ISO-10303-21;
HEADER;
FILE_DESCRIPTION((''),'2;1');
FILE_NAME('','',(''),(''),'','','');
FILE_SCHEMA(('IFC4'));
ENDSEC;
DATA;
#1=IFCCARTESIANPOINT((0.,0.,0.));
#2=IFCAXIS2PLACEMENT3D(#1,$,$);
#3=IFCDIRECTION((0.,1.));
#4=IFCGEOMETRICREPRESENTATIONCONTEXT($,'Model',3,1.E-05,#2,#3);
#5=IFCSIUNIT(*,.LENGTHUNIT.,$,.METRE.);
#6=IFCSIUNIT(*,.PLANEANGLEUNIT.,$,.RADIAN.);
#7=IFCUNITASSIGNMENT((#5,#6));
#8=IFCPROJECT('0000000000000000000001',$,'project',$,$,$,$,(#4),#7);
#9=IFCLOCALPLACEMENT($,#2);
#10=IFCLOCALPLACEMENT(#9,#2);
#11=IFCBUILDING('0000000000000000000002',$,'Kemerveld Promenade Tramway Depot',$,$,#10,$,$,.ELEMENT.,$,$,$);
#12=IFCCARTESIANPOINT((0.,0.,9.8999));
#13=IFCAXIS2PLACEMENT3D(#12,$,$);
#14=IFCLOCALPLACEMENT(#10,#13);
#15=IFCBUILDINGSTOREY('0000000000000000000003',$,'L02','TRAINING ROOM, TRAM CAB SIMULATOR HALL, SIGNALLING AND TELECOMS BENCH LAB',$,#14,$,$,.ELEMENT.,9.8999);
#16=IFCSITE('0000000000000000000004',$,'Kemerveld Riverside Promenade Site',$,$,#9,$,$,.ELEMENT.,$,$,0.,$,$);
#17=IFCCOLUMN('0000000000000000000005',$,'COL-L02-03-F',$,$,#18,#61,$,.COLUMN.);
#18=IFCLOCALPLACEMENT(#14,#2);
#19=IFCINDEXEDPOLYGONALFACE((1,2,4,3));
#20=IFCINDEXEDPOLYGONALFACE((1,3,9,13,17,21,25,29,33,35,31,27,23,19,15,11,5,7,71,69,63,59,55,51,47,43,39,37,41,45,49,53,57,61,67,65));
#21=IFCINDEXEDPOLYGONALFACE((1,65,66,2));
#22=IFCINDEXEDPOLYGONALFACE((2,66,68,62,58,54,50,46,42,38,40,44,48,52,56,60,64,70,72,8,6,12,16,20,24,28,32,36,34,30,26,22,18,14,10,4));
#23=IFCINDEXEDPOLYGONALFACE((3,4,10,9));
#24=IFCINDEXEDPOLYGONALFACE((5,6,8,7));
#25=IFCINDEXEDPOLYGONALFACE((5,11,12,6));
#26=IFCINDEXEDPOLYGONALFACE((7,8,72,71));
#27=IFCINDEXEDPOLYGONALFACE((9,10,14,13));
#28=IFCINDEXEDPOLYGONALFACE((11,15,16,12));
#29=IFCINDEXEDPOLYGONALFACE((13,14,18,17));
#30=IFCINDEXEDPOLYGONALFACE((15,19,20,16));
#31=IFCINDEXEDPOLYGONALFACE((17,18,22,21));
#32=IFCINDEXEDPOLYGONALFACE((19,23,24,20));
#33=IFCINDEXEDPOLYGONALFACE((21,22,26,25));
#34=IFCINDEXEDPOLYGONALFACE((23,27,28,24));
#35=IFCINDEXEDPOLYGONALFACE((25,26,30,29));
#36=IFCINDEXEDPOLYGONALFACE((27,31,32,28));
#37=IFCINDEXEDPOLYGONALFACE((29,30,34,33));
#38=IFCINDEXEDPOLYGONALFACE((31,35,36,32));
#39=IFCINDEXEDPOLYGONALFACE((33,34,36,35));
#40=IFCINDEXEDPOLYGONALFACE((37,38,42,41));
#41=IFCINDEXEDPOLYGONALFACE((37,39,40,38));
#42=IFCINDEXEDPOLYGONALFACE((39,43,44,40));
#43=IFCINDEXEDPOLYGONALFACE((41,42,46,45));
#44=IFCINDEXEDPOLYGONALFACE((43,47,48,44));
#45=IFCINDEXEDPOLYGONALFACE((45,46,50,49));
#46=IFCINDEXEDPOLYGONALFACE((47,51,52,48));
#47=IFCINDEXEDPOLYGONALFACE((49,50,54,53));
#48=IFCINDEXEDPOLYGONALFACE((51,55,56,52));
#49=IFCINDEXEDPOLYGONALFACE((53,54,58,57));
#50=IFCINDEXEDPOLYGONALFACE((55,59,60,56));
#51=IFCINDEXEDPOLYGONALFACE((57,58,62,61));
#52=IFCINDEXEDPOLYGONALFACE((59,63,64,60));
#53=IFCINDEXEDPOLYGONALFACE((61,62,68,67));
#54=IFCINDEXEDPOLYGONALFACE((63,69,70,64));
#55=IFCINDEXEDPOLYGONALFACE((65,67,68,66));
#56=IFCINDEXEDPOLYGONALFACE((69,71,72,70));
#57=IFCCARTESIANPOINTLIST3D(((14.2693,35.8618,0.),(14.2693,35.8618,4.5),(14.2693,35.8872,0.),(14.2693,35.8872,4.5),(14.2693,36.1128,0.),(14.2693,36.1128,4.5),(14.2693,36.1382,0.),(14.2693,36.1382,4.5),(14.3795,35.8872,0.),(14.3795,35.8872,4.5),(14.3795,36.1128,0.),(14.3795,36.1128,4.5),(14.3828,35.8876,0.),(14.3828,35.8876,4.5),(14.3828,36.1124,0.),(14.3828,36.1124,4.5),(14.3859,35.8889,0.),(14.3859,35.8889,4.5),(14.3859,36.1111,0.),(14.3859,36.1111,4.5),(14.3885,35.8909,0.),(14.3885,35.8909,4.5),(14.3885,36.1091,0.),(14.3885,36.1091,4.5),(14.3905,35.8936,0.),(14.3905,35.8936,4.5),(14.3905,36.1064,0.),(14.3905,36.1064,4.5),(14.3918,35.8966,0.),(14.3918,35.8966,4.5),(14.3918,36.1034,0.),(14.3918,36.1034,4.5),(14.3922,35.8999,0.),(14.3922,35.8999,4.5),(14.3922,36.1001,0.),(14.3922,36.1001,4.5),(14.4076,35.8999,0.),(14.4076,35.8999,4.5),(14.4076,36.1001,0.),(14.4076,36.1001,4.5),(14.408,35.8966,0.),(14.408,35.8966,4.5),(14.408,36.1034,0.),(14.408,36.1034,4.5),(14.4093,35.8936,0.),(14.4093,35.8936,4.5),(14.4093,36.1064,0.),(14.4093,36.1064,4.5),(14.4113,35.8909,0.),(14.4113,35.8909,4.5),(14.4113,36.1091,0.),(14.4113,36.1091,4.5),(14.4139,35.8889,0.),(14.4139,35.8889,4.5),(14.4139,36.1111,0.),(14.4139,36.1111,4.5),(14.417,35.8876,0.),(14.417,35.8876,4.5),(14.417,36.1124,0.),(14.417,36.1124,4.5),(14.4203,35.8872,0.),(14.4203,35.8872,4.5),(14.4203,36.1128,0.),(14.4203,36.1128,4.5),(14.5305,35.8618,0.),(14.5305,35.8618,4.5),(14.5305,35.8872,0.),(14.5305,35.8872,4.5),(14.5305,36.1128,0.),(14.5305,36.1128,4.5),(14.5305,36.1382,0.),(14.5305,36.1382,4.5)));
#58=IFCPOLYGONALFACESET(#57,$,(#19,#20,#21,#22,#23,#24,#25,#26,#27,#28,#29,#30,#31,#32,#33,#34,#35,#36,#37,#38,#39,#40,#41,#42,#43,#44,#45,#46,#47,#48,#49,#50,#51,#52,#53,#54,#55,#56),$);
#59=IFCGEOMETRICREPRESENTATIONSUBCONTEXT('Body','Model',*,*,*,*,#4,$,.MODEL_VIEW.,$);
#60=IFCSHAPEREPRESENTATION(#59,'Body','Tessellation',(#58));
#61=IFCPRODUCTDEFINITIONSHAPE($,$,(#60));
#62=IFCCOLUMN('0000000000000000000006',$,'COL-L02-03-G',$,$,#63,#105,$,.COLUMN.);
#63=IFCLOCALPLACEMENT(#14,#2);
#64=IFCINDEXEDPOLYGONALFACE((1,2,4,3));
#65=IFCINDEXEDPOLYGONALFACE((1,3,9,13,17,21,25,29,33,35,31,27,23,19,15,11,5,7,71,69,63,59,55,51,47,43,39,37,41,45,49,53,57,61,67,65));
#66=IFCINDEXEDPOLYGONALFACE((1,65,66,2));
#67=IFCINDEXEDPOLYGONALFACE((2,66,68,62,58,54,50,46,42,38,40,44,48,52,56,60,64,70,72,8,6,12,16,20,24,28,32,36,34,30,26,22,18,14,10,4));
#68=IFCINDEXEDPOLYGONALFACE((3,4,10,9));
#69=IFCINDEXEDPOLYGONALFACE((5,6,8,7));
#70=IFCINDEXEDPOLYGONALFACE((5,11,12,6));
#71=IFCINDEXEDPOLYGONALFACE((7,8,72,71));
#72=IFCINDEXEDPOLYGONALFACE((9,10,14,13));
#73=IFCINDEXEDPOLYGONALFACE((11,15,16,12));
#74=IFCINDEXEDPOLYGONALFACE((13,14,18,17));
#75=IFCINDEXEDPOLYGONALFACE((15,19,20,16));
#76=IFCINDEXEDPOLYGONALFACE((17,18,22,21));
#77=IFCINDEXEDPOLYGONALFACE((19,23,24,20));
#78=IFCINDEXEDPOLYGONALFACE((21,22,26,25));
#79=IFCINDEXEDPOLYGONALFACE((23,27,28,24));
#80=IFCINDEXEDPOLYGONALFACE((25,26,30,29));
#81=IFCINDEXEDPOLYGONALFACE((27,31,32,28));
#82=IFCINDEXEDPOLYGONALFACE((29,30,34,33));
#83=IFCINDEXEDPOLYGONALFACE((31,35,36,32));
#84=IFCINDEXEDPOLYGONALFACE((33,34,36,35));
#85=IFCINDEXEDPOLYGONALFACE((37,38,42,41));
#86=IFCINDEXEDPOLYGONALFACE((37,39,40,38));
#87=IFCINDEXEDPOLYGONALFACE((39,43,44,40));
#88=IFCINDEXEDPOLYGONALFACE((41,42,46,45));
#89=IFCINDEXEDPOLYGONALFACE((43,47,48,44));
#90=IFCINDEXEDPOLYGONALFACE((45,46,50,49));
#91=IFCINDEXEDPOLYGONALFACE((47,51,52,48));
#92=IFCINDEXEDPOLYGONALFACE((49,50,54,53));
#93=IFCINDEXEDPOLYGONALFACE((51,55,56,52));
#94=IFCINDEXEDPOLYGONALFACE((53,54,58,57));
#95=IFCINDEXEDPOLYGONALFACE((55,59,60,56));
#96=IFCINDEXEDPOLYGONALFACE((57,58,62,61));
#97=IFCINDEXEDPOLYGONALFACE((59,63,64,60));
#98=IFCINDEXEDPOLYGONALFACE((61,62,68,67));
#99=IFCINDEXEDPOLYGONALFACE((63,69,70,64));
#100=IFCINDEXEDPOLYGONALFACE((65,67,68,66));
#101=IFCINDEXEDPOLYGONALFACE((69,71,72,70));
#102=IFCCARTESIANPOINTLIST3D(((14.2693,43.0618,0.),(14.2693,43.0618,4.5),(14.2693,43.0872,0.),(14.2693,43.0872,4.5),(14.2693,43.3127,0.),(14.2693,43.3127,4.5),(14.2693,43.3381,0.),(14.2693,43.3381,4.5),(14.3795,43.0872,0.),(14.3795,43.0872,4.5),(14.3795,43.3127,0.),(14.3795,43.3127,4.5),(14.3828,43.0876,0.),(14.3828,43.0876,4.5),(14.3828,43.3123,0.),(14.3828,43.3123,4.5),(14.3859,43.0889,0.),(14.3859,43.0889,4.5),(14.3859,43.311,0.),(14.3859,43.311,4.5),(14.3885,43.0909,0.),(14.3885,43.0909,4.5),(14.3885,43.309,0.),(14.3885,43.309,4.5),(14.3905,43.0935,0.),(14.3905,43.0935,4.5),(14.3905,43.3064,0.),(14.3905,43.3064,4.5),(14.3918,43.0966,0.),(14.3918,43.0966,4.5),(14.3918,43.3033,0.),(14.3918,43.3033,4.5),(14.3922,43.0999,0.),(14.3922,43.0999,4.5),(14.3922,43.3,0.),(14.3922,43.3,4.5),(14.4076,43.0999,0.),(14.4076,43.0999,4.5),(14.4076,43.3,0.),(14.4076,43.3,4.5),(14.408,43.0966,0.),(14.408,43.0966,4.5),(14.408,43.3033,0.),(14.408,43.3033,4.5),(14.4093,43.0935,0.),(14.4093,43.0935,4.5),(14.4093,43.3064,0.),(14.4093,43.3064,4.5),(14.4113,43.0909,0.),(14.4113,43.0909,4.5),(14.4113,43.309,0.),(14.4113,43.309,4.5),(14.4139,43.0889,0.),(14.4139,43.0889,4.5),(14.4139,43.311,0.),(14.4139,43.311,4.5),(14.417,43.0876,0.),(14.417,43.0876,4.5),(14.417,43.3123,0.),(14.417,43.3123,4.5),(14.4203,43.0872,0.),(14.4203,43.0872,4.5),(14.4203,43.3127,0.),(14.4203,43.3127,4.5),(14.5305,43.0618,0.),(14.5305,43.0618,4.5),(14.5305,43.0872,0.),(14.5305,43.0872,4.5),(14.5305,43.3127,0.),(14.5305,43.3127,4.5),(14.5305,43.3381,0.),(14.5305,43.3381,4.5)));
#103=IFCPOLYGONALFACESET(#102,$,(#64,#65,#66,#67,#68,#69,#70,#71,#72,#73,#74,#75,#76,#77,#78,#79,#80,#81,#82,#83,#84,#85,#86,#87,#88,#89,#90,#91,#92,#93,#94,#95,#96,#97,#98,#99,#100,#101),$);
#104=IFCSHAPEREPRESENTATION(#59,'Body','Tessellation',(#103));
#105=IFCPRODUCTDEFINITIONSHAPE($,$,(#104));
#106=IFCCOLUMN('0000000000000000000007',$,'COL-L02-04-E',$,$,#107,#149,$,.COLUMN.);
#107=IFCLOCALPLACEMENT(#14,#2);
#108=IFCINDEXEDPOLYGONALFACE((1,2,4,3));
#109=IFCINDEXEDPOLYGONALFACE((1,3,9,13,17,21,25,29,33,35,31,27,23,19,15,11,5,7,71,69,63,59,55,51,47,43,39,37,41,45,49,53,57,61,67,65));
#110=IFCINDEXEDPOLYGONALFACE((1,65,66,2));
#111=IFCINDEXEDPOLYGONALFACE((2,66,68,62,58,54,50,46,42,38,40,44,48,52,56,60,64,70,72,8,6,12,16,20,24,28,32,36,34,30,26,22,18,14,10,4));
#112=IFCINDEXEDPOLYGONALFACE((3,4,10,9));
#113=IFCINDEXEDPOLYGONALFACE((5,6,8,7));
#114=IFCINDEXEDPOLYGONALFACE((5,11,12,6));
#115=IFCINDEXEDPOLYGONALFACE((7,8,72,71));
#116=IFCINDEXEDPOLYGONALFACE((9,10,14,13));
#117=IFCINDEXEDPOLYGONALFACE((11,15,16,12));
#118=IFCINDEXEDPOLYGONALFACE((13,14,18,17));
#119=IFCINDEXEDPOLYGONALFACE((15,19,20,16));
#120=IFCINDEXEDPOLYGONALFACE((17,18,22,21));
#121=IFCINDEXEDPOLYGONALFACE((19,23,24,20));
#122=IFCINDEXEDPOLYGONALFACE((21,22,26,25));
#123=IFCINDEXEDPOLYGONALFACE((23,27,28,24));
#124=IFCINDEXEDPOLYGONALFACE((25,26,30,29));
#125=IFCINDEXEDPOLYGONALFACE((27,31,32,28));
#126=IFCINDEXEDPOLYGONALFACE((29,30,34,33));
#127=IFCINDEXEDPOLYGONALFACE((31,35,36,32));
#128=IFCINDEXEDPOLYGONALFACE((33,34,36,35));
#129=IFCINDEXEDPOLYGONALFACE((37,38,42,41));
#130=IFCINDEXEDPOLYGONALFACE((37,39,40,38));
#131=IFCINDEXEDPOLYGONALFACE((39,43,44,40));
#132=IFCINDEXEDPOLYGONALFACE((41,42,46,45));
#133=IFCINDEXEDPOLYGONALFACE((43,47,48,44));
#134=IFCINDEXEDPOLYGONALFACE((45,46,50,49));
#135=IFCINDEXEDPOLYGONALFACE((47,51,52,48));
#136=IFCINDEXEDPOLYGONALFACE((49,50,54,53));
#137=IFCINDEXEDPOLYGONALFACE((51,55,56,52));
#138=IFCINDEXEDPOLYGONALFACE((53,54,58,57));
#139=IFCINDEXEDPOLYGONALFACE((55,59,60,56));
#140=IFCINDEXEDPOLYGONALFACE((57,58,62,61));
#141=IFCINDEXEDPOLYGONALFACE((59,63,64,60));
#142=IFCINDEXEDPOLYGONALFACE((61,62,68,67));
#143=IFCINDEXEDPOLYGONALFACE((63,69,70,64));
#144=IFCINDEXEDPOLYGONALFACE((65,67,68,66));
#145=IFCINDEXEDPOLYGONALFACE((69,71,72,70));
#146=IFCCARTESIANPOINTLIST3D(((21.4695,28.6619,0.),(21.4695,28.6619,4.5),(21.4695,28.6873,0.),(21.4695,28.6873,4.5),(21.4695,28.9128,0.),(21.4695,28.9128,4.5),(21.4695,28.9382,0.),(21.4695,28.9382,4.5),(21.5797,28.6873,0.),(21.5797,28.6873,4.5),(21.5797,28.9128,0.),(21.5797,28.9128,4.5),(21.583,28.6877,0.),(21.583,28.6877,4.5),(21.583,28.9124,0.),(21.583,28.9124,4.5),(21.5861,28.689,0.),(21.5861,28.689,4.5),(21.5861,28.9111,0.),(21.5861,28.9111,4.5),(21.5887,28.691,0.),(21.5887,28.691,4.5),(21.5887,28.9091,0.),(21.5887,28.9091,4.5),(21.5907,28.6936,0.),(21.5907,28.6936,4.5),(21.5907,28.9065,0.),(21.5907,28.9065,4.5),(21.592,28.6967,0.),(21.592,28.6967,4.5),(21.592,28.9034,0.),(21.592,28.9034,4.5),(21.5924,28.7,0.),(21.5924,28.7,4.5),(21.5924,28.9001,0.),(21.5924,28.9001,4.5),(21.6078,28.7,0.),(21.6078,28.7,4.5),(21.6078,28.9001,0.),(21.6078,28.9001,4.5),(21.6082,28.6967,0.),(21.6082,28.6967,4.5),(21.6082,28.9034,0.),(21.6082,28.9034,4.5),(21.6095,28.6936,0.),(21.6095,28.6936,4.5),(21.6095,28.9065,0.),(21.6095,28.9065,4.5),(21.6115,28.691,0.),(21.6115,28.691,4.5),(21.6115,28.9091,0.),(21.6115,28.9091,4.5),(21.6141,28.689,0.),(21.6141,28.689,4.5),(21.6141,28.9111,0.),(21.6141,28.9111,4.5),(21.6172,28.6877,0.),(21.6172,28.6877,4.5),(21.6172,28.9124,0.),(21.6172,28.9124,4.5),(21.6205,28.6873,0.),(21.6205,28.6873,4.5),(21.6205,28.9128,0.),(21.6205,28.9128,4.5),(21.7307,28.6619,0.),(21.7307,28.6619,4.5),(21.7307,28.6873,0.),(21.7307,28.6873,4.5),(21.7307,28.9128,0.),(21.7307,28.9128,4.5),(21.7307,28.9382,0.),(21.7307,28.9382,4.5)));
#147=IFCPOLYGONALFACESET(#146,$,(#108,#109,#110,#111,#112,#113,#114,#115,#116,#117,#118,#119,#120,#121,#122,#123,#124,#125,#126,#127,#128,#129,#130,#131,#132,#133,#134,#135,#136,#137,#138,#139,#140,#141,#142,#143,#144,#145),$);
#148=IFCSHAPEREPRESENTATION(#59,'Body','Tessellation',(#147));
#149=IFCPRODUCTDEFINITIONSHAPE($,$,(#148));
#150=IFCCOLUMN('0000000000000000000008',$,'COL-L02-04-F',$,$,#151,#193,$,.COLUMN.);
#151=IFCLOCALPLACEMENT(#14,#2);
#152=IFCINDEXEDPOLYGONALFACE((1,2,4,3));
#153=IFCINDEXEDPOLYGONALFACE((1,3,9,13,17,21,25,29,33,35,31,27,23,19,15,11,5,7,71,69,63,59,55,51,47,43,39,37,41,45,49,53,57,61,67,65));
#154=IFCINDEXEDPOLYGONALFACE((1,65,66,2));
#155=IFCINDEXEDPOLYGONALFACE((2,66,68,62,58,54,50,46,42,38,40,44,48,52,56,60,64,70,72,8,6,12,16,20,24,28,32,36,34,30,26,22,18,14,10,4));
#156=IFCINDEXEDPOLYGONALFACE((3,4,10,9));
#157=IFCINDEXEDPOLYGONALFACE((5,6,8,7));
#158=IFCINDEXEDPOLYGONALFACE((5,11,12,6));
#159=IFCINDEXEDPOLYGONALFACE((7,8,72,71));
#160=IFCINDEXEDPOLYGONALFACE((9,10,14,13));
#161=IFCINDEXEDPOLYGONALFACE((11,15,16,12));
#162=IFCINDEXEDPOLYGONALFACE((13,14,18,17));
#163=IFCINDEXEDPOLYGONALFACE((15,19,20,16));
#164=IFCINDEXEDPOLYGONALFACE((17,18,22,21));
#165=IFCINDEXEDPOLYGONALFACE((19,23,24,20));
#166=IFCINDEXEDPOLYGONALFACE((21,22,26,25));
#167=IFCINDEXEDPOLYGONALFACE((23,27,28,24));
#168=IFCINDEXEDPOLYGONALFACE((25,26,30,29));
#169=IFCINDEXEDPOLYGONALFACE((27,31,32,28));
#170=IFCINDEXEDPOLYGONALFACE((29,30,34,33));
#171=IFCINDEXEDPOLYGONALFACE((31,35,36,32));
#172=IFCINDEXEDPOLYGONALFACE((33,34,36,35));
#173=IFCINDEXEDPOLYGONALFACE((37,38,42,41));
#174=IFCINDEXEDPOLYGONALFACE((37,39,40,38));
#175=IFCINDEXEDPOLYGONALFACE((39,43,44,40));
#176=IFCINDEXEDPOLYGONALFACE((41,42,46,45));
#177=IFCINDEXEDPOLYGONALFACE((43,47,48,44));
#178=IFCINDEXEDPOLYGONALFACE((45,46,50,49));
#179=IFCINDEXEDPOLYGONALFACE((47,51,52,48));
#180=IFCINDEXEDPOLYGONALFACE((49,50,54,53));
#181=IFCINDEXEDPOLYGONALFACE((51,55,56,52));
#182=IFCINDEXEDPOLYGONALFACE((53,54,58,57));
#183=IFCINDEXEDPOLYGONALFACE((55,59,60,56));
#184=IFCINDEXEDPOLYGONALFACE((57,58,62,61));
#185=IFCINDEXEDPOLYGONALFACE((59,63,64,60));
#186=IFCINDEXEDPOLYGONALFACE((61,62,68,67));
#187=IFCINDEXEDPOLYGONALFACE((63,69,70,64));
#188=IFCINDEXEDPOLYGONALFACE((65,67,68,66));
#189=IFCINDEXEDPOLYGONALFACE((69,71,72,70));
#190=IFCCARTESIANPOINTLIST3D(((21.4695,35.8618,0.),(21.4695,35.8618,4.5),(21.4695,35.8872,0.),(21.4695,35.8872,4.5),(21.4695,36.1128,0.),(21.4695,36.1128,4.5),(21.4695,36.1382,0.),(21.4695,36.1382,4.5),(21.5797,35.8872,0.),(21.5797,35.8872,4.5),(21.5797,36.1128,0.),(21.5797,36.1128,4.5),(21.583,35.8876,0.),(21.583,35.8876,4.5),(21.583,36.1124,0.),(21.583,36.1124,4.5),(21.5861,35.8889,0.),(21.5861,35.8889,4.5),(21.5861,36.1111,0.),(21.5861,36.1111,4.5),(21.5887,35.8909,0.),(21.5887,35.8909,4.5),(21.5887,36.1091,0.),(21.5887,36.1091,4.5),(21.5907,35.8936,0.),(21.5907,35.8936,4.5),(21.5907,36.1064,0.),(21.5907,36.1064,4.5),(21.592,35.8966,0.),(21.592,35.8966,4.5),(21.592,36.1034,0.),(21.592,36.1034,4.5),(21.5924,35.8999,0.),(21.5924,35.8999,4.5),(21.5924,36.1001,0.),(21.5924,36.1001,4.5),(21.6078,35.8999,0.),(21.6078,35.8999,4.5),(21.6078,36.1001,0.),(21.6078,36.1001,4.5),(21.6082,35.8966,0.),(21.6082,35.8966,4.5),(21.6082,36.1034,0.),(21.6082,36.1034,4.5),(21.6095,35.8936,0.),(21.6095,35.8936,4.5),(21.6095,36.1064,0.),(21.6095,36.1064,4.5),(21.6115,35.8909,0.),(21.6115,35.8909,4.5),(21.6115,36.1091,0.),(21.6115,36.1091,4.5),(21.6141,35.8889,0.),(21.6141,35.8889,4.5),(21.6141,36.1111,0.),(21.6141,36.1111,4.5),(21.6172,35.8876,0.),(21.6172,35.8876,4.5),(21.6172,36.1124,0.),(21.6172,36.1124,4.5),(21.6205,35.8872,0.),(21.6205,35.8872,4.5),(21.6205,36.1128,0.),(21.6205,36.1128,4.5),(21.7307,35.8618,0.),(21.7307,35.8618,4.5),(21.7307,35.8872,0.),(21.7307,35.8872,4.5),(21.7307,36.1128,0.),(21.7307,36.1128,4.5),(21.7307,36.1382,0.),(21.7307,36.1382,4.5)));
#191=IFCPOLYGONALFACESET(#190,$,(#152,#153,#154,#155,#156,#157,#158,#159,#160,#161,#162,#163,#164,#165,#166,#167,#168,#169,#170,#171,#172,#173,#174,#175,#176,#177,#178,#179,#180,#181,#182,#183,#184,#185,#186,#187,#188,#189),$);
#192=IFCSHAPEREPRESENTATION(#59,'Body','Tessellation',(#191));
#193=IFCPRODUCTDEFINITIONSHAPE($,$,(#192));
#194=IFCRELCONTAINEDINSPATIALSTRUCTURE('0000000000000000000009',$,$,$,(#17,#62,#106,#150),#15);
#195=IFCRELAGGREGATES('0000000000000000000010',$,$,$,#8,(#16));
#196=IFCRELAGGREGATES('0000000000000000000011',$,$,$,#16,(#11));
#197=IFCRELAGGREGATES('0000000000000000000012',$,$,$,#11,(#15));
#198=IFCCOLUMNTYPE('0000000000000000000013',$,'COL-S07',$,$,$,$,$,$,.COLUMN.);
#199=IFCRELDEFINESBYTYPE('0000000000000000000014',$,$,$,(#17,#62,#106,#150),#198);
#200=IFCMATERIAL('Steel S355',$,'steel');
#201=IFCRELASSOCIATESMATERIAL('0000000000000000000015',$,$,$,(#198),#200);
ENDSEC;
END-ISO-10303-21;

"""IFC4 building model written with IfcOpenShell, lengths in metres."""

from ifc_helpers import new_model, si_unit, direction, frame, origin, origin_2d, place, context, subcontext, project, spatial, i_section, extrude, material, material_profile, profile_set, type_object, element, save


model = new_model("IFC4")

# Units and contexts
model_context = context("Model", 3, precision=1e-05, world=origin(), true_north=direction((0.0, 1.0)))
body_context = subcontext(model_context, "Body", "Model", "MODEL_VIEW")
ifc_project = project(units=[si_unit("LENGTHUNIT", "METRE"), si_unit("PLANEANGLEUNIT", "RADIAN")], contexts=[model_context])

# Site, building, storey
site_placement = place(None, origin())
site = spatial("IfcSite", under=ifc_project, at=site_placement, Name="Kemerveld Riverside Promenade Site", CompositionType="ELEMENT", RefElevation=0.0)
building_placement = place(site_placement, origin())
building = spatial("IfcBuilding", under=site, at=building_placement, Name="Kemerveld Promenade Tramway Depot", CompositionType="ELEMENT")
storey_placement = place(building_placement, frame((0.0, 0.0, 9.8999)))
storey = spatial("IfcBuildingStorey", under=building, at=storey_placement, Name="L02", Description="TRAINING ROOM, TRAM CAB SIMULATOR HALL, SIGNALLING AND TELECOMS BENCH LAB", CompositionType="ELEMENT", Elevation=9.8999)

# Columns
ifc_material_1 = material(Name="Steel S355", Category="steel")
ifc_material_profile_1 = material_profile(ifc_material_1, i_section(OverallWidth=0.2612, OverallDepth=0.2764, WebThickness=0.0154, FlangeThickness=0.0254, FilletRadius=0.0127, at=origin_2d()), Name="254x254x132 UC")
ifc_profile_set_1 = profile_set([ifc_material_profile_1], Name="Steel S355")
column_type = type_object("IfcColumnType", Name="COL-S07", PredefinedType="COLUMN", material=ifc_profile_set_1)
for number, where, z_axis, x_axis, name in (
    (1, (14.3999, 36.0, 0.0), (0.0, 0.0, 1.0), (1.0, 0.0, 0.0), "COL-L02-03-F"),
    (2, (14.3999, 43.2, 0.0), (0.0, 0.0, 1.0), (1.0, 0.0, 0.0), "COL-L02-03-G"),
    (3, (21.6001, 28.8, 0.0), (0.0, 0.0, 1.0), (1.0, 0.0, 0.0), "COL-L02-04-E"),
    (4, (21.6001, 36.0, 0.0), (0.0, 0.0, 1.0), (1.0, 0.0, 0.0), "COL-L02-04-F"),
):
    element("IfcColumn", number, at=place(storey_placement, frame(where, z_axis=z_axis, x_axis=x_axis)), inside=storey, type_object=column_type, Name=name, PredefinedType="COLUMN", context=body_context, shape_type="SweptSolid", body=[
        extrude(i_section(OverallWidth=0.2612, OverallDepth=0.2764, WebThickness=0.0154, FlangeThickness=0.0254, FilletRadius=0.0127, at=origin_2d()), origin(), (0.0, 0.0, 1.0), 4.5),
    ])

save(model, "model.ifc")
